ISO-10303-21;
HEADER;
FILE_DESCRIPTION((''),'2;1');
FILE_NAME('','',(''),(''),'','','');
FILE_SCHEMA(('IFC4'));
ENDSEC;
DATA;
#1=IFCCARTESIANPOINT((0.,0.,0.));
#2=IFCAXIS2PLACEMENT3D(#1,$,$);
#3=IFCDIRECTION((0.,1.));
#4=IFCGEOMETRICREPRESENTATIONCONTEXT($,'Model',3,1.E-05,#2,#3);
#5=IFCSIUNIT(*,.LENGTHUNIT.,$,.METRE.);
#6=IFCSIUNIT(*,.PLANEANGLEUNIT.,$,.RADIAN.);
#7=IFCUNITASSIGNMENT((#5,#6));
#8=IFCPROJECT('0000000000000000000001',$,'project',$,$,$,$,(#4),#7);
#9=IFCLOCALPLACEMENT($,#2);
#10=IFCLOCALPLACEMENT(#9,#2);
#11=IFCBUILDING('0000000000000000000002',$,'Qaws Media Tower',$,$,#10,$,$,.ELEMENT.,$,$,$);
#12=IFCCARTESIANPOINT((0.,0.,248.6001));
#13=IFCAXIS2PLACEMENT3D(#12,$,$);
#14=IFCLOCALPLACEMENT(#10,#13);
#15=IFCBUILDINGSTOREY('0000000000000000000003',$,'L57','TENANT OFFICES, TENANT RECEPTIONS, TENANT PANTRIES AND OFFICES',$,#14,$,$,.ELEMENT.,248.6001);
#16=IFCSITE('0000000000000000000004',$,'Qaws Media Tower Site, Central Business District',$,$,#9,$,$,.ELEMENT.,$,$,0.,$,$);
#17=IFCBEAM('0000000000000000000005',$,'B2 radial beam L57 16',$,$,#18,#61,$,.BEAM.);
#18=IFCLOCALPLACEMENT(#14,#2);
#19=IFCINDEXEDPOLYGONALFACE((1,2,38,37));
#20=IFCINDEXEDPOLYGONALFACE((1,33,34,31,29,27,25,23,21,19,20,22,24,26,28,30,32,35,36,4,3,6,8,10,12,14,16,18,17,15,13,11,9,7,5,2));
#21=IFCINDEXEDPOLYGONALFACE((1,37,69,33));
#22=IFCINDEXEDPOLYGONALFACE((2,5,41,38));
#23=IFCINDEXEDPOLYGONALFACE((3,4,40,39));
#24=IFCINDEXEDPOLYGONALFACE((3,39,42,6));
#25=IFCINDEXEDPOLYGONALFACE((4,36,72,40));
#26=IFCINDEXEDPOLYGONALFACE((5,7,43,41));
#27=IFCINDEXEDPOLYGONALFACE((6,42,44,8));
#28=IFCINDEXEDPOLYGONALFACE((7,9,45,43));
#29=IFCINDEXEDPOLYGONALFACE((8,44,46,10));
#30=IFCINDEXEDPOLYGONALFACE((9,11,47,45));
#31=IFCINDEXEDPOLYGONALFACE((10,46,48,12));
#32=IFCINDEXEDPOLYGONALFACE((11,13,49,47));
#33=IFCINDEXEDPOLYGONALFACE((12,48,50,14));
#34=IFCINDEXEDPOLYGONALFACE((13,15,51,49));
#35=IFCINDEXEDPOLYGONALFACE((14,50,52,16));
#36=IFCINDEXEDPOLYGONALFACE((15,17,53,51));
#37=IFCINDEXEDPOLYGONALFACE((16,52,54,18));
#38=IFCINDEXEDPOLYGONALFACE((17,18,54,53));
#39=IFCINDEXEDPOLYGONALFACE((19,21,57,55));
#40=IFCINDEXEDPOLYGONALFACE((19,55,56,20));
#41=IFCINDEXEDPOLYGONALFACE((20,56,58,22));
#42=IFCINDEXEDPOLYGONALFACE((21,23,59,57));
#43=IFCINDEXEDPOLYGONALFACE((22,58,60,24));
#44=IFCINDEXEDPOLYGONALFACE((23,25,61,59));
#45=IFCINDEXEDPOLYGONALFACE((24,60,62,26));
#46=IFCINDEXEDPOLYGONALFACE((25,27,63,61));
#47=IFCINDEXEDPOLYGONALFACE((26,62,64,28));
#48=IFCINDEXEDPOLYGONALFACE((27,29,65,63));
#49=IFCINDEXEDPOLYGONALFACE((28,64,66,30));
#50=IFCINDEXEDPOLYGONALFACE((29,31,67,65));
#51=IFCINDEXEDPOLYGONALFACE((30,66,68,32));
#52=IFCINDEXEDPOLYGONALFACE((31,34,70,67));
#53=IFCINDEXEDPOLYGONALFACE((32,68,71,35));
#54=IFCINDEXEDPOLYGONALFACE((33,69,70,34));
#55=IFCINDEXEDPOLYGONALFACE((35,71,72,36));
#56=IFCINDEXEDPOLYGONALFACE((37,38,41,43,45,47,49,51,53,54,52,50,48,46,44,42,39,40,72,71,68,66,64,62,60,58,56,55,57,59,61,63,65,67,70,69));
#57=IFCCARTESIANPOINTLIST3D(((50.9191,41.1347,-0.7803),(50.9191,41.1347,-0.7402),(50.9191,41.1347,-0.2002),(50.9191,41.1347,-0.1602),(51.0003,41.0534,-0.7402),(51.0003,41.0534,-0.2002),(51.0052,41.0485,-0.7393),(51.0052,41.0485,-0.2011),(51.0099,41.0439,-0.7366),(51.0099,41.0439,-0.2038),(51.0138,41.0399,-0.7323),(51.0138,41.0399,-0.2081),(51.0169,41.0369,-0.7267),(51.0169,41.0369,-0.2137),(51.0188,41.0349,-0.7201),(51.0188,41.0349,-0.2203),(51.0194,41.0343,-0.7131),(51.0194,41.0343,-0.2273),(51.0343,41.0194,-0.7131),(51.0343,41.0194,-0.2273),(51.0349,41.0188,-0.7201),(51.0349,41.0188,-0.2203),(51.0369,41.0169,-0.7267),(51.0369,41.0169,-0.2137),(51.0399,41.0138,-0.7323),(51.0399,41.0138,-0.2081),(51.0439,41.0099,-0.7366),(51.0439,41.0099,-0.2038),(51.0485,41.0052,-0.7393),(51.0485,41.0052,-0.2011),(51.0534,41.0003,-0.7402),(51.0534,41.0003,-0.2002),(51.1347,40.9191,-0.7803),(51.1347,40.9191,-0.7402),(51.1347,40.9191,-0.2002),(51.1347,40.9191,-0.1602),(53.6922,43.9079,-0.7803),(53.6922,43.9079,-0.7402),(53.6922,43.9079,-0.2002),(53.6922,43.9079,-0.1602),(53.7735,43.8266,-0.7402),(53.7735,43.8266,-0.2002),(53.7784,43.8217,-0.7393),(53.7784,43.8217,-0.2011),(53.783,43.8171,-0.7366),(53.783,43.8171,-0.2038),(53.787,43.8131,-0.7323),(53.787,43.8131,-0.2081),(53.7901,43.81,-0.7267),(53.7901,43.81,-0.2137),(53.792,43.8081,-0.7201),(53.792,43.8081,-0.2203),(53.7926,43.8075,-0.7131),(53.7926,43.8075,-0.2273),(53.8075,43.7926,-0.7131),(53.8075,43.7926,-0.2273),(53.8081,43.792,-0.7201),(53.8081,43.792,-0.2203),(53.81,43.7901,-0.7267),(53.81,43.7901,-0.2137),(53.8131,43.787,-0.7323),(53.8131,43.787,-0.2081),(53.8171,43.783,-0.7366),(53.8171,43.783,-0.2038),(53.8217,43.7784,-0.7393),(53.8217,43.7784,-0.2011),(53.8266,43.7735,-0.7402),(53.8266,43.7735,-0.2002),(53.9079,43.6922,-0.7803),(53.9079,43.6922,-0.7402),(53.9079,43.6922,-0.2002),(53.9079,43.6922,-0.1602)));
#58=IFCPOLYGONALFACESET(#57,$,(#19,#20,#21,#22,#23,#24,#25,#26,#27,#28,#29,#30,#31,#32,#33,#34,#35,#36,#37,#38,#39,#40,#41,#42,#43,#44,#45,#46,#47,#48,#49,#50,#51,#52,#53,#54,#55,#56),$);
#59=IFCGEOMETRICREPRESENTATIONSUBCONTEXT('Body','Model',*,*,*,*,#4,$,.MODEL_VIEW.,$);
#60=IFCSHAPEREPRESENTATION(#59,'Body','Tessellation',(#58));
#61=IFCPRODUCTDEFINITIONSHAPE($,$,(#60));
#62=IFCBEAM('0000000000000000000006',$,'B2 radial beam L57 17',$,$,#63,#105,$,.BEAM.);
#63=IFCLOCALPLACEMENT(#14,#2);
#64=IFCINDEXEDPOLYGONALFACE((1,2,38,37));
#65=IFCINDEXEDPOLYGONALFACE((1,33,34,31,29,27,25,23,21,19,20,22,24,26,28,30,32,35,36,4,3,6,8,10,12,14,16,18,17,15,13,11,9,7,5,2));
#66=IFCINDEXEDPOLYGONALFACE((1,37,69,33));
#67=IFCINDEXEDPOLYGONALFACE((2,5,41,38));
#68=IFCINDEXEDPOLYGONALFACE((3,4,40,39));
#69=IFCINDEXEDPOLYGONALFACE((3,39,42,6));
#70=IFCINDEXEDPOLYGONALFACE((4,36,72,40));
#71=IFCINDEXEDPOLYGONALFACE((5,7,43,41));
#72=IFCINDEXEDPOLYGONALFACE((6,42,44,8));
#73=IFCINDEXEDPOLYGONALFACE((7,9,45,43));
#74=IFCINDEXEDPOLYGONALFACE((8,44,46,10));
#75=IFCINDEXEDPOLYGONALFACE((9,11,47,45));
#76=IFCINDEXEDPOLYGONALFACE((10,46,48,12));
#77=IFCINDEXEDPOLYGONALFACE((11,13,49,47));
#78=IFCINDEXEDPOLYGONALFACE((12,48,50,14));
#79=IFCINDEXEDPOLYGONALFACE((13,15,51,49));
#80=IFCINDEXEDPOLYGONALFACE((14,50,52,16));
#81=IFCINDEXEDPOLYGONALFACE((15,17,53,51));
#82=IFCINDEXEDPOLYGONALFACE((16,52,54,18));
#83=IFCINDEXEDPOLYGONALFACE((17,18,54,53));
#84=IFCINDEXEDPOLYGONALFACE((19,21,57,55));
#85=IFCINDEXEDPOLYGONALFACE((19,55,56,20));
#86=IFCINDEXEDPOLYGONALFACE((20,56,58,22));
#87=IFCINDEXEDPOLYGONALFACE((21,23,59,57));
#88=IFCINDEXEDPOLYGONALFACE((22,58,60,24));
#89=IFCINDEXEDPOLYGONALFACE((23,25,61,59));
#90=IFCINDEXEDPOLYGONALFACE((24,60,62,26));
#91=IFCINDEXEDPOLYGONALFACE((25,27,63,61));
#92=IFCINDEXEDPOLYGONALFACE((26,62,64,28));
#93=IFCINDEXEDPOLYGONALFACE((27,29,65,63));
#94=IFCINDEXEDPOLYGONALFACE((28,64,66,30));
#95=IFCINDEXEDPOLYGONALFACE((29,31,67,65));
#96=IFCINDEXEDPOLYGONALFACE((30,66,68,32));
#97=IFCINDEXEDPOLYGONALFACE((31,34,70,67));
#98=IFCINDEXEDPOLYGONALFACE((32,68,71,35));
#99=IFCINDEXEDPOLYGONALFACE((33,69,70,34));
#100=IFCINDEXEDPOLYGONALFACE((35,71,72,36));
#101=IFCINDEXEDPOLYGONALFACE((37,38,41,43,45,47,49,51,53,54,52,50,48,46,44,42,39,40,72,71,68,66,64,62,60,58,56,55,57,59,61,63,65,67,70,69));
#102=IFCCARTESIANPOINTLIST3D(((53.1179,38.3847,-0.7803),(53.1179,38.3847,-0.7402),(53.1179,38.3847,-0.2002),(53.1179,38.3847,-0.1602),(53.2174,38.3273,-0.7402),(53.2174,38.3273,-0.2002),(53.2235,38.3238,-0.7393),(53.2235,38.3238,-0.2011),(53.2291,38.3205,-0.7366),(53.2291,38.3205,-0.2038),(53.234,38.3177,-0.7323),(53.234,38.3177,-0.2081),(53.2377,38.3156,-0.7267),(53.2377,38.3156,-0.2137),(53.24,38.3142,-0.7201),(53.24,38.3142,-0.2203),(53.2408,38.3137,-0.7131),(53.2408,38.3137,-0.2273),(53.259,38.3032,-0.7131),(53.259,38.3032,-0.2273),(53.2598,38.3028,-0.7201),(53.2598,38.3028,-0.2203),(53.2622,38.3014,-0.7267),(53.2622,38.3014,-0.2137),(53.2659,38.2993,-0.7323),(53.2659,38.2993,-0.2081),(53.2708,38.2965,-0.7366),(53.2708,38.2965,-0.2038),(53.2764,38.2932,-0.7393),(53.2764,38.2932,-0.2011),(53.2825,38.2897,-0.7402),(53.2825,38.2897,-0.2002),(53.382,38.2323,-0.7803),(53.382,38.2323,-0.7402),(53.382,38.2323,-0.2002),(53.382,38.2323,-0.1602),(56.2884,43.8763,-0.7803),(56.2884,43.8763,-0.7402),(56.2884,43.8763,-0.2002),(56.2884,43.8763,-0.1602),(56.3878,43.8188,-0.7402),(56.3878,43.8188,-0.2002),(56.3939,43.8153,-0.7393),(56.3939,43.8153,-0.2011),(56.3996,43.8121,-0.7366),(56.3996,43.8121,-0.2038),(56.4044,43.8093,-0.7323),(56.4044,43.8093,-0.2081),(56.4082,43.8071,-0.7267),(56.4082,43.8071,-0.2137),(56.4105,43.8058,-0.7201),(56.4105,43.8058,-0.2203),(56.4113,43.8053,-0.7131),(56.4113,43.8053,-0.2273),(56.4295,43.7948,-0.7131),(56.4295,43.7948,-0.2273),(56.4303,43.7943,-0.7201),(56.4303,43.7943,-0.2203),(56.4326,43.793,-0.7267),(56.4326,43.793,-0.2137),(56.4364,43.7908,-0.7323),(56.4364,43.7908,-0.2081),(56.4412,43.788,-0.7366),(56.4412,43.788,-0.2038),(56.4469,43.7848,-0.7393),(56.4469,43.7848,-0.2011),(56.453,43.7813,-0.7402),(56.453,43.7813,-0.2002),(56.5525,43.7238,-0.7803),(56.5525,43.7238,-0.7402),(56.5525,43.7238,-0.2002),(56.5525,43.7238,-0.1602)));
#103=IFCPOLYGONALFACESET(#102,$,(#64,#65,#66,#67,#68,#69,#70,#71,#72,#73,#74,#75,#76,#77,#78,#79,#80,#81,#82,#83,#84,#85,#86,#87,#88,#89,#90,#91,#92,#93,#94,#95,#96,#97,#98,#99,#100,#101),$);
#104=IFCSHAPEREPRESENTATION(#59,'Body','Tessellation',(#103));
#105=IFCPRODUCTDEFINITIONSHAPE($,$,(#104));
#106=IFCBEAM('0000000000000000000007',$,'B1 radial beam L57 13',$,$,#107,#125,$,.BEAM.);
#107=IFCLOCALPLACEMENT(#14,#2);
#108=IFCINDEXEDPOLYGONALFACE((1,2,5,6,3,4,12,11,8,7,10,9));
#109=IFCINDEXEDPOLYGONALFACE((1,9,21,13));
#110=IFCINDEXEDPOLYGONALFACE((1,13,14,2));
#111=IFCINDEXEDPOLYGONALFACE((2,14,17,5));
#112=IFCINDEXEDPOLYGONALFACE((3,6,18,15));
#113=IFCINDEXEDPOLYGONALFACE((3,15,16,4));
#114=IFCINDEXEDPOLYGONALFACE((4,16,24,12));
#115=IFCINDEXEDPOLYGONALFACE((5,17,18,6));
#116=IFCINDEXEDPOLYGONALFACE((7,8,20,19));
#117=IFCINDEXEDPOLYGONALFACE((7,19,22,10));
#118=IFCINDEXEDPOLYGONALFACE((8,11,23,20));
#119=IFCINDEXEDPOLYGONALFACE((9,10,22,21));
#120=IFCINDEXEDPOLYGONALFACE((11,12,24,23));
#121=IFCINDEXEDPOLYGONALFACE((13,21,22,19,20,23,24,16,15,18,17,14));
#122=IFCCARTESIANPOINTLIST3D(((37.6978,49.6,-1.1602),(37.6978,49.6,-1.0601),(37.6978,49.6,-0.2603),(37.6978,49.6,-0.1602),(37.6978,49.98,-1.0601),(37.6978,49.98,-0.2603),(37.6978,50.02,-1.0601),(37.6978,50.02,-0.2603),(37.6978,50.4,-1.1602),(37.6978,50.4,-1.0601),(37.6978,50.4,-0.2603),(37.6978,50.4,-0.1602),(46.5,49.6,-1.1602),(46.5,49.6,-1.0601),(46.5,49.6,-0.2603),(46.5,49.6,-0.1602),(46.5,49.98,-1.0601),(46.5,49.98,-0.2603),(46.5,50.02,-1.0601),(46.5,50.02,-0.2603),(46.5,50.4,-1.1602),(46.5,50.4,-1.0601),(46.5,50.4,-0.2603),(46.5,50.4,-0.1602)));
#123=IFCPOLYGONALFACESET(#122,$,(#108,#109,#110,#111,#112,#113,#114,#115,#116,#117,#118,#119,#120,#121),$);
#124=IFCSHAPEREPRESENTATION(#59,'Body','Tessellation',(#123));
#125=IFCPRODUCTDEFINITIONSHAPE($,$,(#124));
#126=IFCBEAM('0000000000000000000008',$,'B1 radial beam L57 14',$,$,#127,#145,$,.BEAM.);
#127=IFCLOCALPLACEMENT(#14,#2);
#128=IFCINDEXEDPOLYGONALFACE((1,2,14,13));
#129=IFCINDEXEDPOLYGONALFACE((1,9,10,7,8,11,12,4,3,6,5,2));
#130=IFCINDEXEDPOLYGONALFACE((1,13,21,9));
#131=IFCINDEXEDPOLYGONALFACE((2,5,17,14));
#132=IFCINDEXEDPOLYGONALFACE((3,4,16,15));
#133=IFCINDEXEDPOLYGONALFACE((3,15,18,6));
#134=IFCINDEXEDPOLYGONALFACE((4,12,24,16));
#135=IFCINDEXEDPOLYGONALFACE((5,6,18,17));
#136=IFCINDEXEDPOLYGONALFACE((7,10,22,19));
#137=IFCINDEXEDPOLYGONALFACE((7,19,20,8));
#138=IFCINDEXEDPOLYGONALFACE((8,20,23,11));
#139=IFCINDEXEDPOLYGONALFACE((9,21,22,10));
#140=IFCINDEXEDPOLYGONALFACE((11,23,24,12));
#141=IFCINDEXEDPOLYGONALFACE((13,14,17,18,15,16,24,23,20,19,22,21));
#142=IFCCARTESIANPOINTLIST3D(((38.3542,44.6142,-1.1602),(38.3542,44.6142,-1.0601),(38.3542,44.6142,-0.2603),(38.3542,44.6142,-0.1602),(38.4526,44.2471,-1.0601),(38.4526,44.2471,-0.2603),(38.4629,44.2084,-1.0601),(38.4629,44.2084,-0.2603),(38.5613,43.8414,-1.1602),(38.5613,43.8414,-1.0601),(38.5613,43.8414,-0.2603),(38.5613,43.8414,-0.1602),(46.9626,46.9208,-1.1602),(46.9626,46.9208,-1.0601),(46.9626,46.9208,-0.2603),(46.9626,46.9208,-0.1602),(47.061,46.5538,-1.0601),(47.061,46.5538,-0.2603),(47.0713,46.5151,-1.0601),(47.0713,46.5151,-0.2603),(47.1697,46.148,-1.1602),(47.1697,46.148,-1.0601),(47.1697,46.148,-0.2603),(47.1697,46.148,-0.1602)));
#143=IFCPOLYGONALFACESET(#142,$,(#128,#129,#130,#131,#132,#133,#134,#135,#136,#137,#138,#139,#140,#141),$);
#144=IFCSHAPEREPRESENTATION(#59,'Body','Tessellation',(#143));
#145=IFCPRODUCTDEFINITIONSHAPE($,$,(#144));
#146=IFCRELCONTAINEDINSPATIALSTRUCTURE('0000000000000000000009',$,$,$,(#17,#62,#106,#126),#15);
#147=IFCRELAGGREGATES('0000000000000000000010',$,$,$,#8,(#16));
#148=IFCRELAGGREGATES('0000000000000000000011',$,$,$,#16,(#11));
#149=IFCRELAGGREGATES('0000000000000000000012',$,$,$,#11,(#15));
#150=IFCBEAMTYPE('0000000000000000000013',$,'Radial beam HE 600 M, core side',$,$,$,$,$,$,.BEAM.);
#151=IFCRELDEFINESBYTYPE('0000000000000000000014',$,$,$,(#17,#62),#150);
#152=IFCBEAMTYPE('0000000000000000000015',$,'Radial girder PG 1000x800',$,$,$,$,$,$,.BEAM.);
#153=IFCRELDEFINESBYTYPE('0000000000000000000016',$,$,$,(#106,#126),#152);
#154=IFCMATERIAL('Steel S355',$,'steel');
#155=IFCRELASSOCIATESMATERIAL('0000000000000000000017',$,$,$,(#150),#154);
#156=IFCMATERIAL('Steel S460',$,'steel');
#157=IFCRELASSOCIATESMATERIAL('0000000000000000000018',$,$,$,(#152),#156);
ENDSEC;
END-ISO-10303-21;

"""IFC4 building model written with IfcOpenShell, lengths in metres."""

from ifc_helpers import new_model, si_unit, direction, frame, origin, origin_2d, place, context, subcontext, project, spatial, i_section, extrude, material, material_profile, profile_set, type_object, element, save


model = new_model("IFC4")

# Units and contexts
model_context = context("Model", 3, precision=1e-05, world=origin(), true_north=direction((0.0, 1.0)))
body_context = subcontext(model_context, "Body", "Model", "MODEL_VIEW")
ifc_project = project(units=[si_unit("LENGTHUNIT", "METRE"), si_unit("PLANEANGLEUNIT", "RADIAN")], contexts=[model_context])

# Site, building, storey
site_placement = place(None, origin())
site = spatial("IfcSite", under=ifc_project, at=site_placement, Name="Qaws Media Tower Site, Central Business District", CompositionType="ELEMENT", RefElevation=0.0)
building_placement = place(site_placement, origin())
building = spatial("IfcBuilding", under=site, at=building_placement, Name="Qaws Media Tower", CompositionType="ELEMENT")
storey_placement = place(building_placement, frame((0.0, 0.0, 248.6001)))
storey = spatial("IfcBuildingStorey", under=building, at=storey_placement, Name="L57", Description="TENANT OFFICES, TENANT RECEPTIONS, TENANT PANTRIES AND OFFICES", CompositionType="ELEMENT", Elevation=248.6001)

# Beams
ifc_material_1 = material(Name="Steel S355", Category="steel")
ifc_material_profile_1 = material_profile(ifc_material_1, i_section(OverallWidth=0.3049, OverallDepth=0.6201, WebThickness=0.021, FlangeThickness=0.04, FilletRadius=0.0271, at=origin_2d()), Name="HE 600 M")
ifc_profile_set_1 = profile_set([ifc_material_profile_1], Name="Steel S355")
beam_type_1 = type_object("IfcBeamType", Name="Radial beam HE 600 M, core side", PredefinedType="BEAM", material=ifc_profile_set_1)
beam_1_placement = place(storey_placement, frame((53.8, 43.8, -0.4702), z_axis=(-0.707107, -0.707107, 0.0), x_axis=(0.707107, -0.707107, 0.0)))
element("IfcBeam", 1, at=beam_1_placement, inside=storey, type_object=beam_type_1, Name="B2 radial beam L57 16", PredefinedType="BEAM", context=body_context, shape_type="SweptSolid", body=[
    extrude(i_section(OverallWidth=0.3049, OverallDepth=0.6201, WebThickness=0.021, FlangeThickness=0.04, FilletRadius=0.0271, at=origin_2d()), origin(), (0.0, 0.0, 1.0), 3.9219),
])
beam_2_placement = place(storey_placement, frame((56.4204, 43.8, -0.4702), z_axis=(-0.49999, -0.866031, 0.0), x_axis=(0.866031, -0.49999, 0.0)))
element("IfcBeam", 2, at=beam_2_placement, inside=storey, type_object=beam_type_1, Name="B2 radial beam L57 17", PredefinedType="BEAM", context=body_context, shape_type="SweptSolid", body=[
    extrude(i_section(OverallWidth=0.3049, OverallDepth=0.6201, WebThickness=0.021, FlangeThickness=0.04, FilletRadius=0.0271, at=origin_2d()), origin(), (0.0, 0.0, 1.0), 6.3411),
])
ifc_material_2 = material(Name="Steel S460", Category="steel")
ifc_material_profile_2 = material_profile(ifc_material_2, i_section(OverallWidth=0.8, OverallDepth=1.0, WebThickness=0.04, FlangeThickness=0.1001, at=origin_2d()), Name="PG 1000x800")
ifc_profile_set_2 = profile_set([ifc_material_profile_2], Name="Steel S460")
beam_type_2 = type_object("IfcBeamType", Name="Radial girder PG 1000x800", PredefinedType="BEAM", material=ifc_profile_set_2)
beam_3_placement = place(storey_placement, frame((46.5, 50.0, -0.6602), z_axis=(-1.0, 0.0, 0.0), x_axis=(0.0, -1.0, 0.0)))
element("IfcBeam", 3, at=beam_3_placement, inside=storey, type_object=beam_type_2, Name="B1 radial beam L57 13", PredefinedType="BEAM", context=body_context, shape_type="SweptSolid", body=[
    extrude(i_section(OverallWidth=0.8, OverallDepth=1.0, WebThickness=0.04, FlangeThickness=0.1001, at=origin_2d()), origin(), (0.0, 0.0, 1.0), 8.8022),
])
beam_4_placement = place(storey_placement, frame((47.0662, 46.5344, -0.6602), z_axis=(-0.965925, -0.258822, 0.0), x_axis=(0.258822, -0.965925, 0.0)))
element("IfcBeam", 4, at=beam_4_placement, inside=storey, type_object=beam_type_2, Name="B1 radial beam L57 14", PredefinedType="BEAM", context=body_context, shape_type="SweptSolid", body=[
    extrude(i_section(OverallWidth=0.8, OverallDepth=1.0, WebThickness=0.04, FlangeThickness=0.1001, at=origin_2d()), origin(), (0.0, 0.0, 1.0), 8.9121),
])

save(model, "model.ifc")
